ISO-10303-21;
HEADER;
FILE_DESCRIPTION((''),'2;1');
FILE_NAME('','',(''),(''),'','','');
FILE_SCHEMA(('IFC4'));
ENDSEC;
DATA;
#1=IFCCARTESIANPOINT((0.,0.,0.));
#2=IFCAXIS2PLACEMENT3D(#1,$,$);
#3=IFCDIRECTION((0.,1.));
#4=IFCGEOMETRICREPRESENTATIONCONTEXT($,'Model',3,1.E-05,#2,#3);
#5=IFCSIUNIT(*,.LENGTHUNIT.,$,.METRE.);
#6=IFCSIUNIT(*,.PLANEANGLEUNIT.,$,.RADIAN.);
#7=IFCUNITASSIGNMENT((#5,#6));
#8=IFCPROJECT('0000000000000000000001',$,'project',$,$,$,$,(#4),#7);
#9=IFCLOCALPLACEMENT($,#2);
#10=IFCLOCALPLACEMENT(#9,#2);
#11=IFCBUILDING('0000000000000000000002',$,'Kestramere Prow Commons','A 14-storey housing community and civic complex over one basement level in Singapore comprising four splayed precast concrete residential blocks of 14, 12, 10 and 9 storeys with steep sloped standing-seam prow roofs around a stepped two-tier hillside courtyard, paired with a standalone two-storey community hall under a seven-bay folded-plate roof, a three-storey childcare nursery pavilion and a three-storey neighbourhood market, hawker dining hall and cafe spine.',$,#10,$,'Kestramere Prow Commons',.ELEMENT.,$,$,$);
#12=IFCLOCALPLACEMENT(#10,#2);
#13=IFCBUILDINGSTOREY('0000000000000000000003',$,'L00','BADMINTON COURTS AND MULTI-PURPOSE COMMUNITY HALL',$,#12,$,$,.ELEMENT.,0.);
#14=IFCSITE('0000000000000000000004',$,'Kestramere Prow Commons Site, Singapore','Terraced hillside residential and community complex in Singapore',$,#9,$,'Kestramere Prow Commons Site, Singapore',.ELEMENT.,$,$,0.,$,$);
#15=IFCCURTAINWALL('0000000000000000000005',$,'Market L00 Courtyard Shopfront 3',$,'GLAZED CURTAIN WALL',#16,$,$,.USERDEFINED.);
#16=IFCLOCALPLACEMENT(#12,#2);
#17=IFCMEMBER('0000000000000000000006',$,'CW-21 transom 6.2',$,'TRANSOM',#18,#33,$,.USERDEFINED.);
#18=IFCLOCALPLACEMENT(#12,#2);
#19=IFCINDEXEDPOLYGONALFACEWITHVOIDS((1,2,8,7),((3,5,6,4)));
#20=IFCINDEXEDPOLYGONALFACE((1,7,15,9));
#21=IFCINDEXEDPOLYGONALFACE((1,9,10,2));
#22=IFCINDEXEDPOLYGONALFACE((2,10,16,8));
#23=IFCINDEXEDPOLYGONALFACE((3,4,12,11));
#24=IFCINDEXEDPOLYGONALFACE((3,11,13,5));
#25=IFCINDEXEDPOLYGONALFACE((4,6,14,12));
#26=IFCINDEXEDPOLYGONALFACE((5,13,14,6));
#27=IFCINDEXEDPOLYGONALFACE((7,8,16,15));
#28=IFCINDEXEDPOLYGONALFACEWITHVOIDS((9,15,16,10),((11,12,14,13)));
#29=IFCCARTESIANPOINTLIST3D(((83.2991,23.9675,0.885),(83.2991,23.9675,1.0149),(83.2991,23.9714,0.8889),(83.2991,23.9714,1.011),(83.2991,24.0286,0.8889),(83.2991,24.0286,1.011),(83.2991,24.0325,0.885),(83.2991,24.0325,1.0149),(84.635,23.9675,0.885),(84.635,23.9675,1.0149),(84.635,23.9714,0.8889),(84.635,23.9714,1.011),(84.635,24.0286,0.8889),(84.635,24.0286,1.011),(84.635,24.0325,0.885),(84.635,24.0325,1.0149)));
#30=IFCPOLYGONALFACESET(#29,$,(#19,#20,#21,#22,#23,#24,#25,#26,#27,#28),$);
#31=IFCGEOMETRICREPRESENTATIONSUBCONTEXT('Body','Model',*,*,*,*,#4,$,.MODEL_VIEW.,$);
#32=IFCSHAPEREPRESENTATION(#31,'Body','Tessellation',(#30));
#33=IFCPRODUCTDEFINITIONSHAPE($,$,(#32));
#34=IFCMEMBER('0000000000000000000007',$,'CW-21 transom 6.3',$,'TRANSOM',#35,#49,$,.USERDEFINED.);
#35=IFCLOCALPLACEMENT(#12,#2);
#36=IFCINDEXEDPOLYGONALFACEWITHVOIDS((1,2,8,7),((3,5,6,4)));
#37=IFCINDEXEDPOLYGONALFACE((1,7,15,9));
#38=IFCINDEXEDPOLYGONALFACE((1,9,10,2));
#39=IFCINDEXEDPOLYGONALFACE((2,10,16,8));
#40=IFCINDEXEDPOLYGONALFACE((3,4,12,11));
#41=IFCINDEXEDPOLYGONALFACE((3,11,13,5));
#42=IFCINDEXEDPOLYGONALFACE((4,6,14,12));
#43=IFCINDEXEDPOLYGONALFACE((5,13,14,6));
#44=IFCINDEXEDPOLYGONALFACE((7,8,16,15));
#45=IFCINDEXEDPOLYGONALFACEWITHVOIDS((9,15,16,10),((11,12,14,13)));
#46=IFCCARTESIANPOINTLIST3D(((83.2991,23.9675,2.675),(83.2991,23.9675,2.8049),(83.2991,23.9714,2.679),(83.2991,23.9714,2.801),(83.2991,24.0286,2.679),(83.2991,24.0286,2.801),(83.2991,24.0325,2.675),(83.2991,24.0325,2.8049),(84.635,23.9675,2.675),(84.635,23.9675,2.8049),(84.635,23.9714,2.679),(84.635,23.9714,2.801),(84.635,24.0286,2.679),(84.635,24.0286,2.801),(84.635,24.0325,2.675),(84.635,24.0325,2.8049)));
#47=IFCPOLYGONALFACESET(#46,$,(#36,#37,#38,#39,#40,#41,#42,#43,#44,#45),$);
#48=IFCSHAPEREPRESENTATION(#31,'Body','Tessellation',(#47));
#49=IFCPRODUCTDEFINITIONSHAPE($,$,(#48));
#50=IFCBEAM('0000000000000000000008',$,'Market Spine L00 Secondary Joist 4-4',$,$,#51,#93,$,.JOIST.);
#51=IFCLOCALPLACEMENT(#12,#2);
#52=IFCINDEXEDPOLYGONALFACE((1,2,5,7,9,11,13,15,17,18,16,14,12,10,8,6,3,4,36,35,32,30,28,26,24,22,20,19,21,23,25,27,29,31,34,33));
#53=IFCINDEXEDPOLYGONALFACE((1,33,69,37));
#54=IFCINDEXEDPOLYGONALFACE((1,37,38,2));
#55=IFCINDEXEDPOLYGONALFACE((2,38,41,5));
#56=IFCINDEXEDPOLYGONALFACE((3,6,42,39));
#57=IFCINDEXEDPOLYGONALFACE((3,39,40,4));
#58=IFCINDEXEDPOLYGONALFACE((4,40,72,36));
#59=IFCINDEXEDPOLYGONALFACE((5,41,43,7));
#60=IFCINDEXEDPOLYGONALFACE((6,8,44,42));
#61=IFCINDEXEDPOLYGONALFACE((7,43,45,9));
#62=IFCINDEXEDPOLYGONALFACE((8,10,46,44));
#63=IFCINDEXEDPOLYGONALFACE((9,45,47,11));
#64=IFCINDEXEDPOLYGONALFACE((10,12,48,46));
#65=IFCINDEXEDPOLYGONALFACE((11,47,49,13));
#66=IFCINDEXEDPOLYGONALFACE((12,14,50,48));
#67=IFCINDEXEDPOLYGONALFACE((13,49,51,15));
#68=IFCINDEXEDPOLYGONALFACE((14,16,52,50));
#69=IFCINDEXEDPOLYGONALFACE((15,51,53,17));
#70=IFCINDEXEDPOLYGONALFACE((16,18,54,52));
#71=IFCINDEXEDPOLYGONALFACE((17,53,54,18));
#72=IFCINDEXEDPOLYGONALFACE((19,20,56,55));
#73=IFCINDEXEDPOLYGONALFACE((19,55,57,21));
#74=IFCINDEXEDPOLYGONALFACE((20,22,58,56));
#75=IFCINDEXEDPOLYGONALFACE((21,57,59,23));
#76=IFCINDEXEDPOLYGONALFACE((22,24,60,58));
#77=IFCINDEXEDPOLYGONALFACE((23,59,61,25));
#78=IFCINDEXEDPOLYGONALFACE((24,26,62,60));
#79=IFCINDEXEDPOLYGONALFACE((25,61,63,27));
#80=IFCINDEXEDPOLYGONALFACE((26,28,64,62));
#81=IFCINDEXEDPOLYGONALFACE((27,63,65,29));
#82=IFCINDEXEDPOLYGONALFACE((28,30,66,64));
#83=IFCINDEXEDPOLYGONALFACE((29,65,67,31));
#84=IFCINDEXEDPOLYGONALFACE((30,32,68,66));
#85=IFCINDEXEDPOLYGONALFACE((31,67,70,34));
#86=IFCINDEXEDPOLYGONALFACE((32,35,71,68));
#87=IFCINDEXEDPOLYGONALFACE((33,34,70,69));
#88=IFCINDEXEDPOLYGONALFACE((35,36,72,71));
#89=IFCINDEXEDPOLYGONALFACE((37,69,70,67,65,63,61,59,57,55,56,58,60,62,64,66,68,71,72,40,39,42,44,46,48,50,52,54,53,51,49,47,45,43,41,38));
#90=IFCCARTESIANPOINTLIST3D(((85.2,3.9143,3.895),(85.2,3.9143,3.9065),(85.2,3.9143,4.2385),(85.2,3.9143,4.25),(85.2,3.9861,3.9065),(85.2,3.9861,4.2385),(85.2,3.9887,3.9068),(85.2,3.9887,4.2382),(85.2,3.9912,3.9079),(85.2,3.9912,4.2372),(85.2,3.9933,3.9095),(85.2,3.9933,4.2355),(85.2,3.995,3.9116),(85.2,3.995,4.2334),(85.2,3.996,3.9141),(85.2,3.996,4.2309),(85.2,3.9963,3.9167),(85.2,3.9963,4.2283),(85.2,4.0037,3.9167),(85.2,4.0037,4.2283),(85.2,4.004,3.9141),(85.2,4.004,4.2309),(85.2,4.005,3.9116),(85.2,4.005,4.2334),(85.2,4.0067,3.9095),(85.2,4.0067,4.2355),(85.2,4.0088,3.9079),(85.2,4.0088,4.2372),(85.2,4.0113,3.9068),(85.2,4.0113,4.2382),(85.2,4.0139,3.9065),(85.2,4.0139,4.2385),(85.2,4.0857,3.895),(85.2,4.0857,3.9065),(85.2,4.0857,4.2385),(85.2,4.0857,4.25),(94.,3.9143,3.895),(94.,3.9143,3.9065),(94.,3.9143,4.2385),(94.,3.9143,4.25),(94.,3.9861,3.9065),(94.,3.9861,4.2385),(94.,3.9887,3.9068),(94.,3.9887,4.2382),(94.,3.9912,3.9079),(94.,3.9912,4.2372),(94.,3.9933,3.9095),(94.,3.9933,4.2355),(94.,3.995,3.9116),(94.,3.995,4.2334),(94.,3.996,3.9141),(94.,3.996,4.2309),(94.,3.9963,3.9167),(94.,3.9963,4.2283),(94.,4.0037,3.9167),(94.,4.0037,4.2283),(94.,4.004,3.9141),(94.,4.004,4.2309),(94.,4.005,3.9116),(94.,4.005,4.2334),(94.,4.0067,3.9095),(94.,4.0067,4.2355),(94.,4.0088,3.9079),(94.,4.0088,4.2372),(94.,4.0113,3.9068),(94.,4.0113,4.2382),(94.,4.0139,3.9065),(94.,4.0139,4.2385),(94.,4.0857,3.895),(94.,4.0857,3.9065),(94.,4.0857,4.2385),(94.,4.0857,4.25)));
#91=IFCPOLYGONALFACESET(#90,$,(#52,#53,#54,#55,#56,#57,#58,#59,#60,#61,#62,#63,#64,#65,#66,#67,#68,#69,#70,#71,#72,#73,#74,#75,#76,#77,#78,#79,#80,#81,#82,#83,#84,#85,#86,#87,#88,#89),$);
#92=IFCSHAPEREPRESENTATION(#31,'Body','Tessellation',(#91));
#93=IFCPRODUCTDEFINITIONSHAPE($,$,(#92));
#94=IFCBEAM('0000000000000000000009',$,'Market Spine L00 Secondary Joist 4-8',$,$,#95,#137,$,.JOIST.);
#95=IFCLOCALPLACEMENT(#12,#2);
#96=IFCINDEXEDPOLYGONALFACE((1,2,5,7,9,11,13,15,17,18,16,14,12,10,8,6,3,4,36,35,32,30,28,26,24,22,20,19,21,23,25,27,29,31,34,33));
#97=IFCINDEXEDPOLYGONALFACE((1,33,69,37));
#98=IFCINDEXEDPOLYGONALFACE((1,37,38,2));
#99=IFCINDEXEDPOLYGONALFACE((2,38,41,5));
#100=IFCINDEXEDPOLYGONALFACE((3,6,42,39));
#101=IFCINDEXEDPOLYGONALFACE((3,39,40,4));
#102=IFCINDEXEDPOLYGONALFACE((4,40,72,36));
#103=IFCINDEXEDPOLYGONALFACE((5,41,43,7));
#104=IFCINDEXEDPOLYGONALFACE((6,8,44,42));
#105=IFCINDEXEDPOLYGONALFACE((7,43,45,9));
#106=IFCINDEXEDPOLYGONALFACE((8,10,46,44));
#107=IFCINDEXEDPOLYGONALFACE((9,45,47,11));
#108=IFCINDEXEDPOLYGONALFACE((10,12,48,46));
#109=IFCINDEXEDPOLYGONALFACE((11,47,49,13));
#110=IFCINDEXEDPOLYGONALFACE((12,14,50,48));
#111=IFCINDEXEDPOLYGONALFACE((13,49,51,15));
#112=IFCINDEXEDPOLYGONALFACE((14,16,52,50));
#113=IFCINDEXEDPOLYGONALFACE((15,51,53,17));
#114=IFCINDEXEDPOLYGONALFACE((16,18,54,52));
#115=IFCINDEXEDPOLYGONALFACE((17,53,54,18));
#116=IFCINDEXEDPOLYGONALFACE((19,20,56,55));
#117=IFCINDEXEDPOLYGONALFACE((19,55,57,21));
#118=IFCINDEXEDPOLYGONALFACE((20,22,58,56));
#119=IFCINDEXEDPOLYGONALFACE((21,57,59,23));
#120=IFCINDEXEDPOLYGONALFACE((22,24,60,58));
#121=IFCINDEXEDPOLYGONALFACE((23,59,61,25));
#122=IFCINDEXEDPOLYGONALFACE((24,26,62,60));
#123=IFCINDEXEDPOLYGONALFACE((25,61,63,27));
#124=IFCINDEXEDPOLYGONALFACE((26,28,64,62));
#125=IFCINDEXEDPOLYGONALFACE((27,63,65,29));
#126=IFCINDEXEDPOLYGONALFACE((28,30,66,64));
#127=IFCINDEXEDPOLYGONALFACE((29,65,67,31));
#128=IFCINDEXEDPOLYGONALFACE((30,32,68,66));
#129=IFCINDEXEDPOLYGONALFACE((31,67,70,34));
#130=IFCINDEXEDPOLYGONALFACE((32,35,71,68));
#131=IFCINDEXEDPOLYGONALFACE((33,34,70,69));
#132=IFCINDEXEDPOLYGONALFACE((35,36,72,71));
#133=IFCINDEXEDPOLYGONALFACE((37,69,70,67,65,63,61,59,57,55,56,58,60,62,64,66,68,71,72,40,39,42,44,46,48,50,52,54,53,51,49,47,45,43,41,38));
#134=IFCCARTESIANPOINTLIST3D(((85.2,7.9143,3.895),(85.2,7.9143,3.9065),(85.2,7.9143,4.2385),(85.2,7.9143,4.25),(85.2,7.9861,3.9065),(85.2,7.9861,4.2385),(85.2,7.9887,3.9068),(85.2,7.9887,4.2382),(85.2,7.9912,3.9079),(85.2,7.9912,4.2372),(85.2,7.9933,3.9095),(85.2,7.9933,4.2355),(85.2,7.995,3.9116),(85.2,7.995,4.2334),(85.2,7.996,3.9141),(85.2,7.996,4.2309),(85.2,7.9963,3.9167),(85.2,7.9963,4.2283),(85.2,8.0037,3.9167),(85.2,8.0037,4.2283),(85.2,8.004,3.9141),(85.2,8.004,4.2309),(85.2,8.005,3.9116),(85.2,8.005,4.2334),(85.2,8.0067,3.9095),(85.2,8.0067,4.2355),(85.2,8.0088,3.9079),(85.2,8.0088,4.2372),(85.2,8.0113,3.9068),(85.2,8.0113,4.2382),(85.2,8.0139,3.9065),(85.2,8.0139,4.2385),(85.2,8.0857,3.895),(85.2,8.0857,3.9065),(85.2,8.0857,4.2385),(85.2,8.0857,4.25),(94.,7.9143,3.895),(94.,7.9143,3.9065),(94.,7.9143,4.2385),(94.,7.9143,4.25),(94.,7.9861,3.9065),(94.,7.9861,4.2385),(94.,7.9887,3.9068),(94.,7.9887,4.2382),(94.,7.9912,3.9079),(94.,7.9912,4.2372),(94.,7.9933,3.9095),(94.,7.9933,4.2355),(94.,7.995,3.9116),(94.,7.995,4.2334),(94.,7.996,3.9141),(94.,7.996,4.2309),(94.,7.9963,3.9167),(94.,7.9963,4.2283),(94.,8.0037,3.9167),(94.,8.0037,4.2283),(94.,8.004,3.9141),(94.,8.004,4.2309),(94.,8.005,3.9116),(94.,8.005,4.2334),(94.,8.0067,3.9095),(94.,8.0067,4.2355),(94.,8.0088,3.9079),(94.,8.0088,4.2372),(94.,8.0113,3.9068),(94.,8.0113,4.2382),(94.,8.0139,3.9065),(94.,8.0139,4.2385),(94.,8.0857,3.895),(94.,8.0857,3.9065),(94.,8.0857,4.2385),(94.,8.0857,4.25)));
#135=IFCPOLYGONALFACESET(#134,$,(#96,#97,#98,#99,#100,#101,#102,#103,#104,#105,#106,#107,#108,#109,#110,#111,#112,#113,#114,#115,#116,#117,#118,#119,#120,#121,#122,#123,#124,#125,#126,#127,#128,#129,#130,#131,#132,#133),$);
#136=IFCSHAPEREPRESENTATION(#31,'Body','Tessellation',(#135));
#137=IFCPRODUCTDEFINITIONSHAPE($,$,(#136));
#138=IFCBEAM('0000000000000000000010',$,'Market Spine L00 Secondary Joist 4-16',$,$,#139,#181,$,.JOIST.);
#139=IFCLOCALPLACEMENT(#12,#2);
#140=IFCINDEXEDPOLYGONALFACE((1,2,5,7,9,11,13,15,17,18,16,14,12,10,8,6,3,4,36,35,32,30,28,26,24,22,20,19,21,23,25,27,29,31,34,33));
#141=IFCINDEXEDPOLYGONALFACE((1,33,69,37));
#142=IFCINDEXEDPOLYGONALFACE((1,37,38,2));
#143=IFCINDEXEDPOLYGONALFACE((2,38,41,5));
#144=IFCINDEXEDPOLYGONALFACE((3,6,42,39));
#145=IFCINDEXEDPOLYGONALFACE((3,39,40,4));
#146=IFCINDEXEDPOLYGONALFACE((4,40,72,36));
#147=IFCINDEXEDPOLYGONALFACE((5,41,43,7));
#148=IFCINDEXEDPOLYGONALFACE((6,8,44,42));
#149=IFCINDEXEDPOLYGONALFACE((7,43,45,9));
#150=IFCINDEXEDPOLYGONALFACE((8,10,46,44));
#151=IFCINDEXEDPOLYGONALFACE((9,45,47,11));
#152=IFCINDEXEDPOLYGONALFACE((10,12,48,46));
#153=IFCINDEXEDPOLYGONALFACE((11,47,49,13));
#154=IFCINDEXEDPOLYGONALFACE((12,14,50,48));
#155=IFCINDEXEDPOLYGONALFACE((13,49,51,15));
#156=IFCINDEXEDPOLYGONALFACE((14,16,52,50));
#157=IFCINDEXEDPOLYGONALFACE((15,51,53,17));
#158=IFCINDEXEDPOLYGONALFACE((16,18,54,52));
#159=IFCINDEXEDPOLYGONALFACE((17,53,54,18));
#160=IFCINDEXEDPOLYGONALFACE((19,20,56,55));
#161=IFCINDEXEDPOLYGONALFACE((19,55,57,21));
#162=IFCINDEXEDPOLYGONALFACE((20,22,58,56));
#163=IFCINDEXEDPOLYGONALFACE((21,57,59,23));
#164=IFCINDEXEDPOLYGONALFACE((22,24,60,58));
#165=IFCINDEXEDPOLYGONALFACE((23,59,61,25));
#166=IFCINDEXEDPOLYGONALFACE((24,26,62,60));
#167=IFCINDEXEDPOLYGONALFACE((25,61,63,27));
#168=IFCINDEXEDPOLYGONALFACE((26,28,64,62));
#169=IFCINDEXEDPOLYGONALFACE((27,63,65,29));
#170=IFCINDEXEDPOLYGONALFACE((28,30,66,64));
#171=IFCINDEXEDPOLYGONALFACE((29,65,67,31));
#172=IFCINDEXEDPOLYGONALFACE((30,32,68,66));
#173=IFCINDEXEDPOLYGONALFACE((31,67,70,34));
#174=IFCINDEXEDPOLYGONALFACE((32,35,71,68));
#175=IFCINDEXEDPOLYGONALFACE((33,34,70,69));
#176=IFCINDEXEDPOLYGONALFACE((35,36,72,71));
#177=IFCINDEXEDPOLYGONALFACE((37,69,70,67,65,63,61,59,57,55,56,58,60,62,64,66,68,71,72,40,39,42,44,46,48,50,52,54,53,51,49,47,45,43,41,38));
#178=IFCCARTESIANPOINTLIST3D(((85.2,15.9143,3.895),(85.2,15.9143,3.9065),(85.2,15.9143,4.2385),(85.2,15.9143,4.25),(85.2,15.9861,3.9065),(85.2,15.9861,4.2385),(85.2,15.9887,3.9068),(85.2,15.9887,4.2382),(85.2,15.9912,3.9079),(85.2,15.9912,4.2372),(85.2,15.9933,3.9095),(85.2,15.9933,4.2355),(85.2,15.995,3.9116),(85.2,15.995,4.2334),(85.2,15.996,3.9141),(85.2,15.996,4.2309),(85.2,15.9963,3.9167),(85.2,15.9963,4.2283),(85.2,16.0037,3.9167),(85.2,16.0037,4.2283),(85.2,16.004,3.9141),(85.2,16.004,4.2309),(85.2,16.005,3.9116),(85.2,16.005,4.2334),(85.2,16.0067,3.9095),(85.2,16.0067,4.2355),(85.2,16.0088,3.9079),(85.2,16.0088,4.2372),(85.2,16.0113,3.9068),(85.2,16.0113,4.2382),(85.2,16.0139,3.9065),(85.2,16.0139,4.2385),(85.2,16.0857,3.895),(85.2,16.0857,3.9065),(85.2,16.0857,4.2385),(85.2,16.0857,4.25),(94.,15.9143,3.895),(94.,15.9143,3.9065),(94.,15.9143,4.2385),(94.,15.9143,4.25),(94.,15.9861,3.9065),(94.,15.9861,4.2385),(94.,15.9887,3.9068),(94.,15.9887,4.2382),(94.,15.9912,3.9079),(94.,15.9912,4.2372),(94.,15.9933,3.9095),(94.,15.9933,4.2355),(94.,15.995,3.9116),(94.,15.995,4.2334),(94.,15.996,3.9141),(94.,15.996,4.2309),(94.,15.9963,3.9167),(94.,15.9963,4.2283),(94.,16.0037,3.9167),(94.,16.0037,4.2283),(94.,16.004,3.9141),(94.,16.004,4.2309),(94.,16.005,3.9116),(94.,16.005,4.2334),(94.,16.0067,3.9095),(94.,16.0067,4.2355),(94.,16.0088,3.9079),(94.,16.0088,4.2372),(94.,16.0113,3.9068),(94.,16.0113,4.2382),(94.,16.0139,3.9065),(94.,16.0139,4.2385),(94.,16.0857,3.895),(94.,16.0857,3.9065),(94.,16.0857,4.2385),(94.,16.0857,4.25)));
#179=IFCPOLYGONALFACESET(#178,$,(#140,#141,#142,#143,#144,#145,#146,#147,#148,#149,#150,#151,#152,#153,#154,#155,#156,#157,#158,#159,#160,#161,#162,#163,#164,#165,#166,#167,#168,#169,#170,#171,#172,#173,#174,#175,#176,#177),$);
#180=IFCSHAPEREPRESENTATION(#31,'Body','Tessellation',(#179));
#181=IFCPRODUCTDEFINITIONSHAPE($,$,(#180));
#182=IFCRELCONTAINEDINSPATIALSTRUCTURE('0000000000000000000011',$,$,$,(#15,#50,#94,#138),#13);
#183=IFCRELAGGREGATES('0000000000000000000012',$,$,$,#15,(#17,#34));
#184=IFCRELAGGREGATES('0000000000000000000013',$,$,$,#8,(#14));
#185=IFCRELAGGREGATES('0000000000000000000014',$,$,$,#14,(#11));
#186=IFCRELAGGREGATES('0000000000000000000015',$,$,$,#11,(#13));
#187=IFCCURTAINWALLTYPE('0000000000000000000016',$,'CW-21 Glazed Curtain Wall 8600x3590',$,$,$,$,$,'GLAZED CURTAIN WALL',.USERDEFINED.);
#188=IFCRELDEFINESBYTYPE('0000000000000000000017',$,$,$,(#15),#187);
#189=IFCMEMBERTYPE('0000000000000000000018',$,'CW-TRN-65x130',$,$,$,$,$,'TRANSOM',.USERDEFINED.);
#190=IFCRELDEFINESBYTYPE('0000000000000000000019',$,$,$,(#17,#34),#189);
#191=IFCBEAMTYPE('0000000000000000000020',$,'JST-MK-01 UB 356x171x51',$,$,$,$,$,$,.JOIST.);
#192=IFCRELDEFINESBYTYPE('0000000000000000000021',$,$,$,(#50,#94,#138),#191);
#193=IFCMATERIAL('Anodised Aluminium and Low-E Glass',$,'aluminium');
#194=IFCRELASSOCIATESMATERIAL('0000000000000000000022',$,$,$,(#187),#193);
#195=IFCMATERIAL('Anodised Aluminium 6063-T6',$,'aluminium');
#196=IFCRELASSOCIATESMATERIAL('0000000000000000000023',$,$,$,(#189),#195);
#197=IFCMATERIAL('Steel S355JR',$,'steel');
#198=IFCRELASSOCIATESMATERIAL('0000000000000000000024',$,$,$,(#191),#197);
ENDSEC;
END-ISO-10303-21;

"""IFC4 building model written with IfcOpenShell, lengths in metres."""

from ifc_helpers import new_model, si_unit, direction, frame, origin, origin_2d, place, context, subcontext, project, spatial, hollow_rectangle, i_section, extrude, material, material_profile, profile_set, type_object, element, aggregate, save


model = new_model("IFC4")

# Units and contexts
model_context = context("Model", 3, precision=1e-05, world=origin(), true_north=direction((0.0, 1.0)))
body_context = subcontext(model_context, "Body", "Model", "MODEL_VIEW")
ifc_project = project(units=[si_unit("LENGTHUNIT", "METRE"), si_unit("PLANEANGLEUNIT", "RADIAN")], contexts=[model_context])

# Site, building, storey
site_placement = place(None, origin())
site = spatial("IfcSite", under=ifc_project, at=site_placement, Name="Kestramere Prow Commons Site, Singapore", Description="Terraced hillside residential and community complex in Singapore", LongName="Kestramere Prow Commons Site, Singapore", CompositionType="ELEMENT", RefElevation=0.0)
building_placement = place(site_placement, origin())
building = spatial("IfcBuilding", under=site, at=building_placement, Name="Kestramere Prow Commons", Description="A 14-storey housing community and civic complex over one basement level in Singapore comprising four splayed precast concrete residential blocks of 14, 12, 10 and 9 storeys with steep sloped standing-seam prow roofs around a stepped two-tier hillside courtyard, paired with a standalone two-storey community hall under a seven-bay folded-plate roof, a three-storey childcare nursery pavilion and a three-storey neighbourhood market, hawker dining hall and cafe spine.", LongName="Kestramere Prow Commons", CompositionType="ELEMENT")
storey_placement = place(building_placement, origin())
storey = spatial("IfcBuildingStorey", under=building, at=storey_placement, Name="L00", Description="BADMINTON COURTS AND MULTI-PURPOSE COMMUNITY HALL", CompositionType="ELEMENT", Elevation=0.0)

# Curtain wall
ifc_material_1 = material(Name="Anodised Aluminium and Low-E Glass", Category="aluminium")
curtain_wall_type = type_object("IfcCurtainWallType", Name="CW-21 Glazed Curtain Wall 8600x3590", ElementType="GLAZED CURTAIN WALL", PredefinedType="USERDEFINED", material=ifc_material_1)
curtain_wall_1_placement = place(storey_placement, origin())
curtain_wall_1 = element("IfcCurtainWall", 1, at=curtain_wall_1_placement, inside=storey, type_object=curtain_wall_type, Name="Market L00 Courtyard Shopfront 3", ObjectType="GLAZED CURTAIN WALL", PredefinedType="USERDEFINED")
ifc_material_2 = material(Name="Anodised Aluminium 6063-T6", Category="aluminium")

# Members
ifc_material_profile_1 = material_profile(ifc_material_2, hollow_rectangle(XDim=0.0649, YDim=0.1299, WallThickness=0.0039, at=origin_2d()), Name="ALU-TRN 65x130")
ifc_profile_set_1 = profile_set([ifc_material_profile_1], Name="Anodised Aluminium 6063-T6")
member_type_1 = type_object("IfcMemberType", Name="CW-TRN-65x130", ElementType="TRANSOM", PredefinedType="USERDEFINED", material=ifc_profile_set_1)
member_1_placement = place(storey_placement, frame((83.2991, 24.0, 0.95), z_axis=(1.0, 0.0, 0.0), x_axis=(0.0, 1.0, 0.0)))
member_1 = element("IfcMember", 2, at=member_1_placement, type_object=member_type_1, Name="CW-21 transom 6.2", ObjectType="TRANSOM", PredefinedType="USERDEFINED", context=body_context, shape_type="SweptSolid", body=[
    extrude(hollow_rectangle(XDim=0.0649, YDim=0.1299, WallThickness=0.0039, at=origin_2d()), origin(), (0.0, 0.0, 1.0), 1.3359),
])
member_2_placement = place(storey_placement, frame((83.2991, 24.0, 2.74), z_axis=(1.0, 0.0, 0.0), x_axis=(0.0, 1.0, 0.0)))
member_2 = element("IfcMember", 3, at=member_2_placement, type_object=member_type_1, Name="CW-21 transom 6.3", ObjectType="TRANSOM", PredefinedType="USERDEFINED", context=body_context, shape_type="SweptSolid", body=[
    extrude(hollow_rectangle(XDim=0.0649, YDim=0.1299, WallThickness=0.0039, at=origin_2d()), origin(), (0.0, 0.0, 1.0), 1.3359),
])
aggregate(curtain_wall_1, [member_1, member_2])

# Beams
ifc_material_3 = material(Name="Steel S355JR", Category="steel")
ifc_material_profile_2 = material_profile(ifc_material_3, i_section(OverallWidth=0.1714, OverallDepth=0.355, WebThickness=0.0073, FlangeThickness=0.0115, FilletRadius=0.0103, at=origin_2d()), Name="UB 356x171x51")
ifc_profile_set_2 = profile_set([ifc_material_profile_2], Name="Steel S355JR")
beam_type_1 = type_object("IfcBeamType", Name="JST-MK-01 UB 356x171x51", PredefinedType="JOIST", material=ifc_profile_set_2)
for number, where, z_axis, x_axis, name in (
    (4, (85.2, 4.0, 4.0725), (1.0, 0.0, 0.0), (0.0, 1.0, 0.0), "Market Spine L00 Secondary Joist 4-4"),
    (5, (85.2, 8.0, 4.0725), (1.0, 0.0, 0.0), (0.0, 1.0, 0.0), "Market Spine L00 Secondary Joist 4-8"),
    (6, (85.2, 16.0, 4.0725), (1.0, 0.0, 0.0), (0.0, 1.0, 0.0), "Market Spine L00 Secondary Joist 4-16"),
):
    element("IfcBeam", number, at=place(storey_placement, frame(where, z_axis=z_axis, x_axis=x_axis)), inside=storey, type_object=beam_type_1, Name=name, PredefinedType="JOIST", context=body_context, shape_type="SweptSolid", body=[
        extrude(i_section(OverallWidth=0.1714, OverallDepth=0.355, WebThickness=0.0073, FlangeThickness=0.0115, FilletRadius=0.0103, at=origin_2d()), origin(), (0.0, 0.0, 1.0), 8.8),
    ])

save(model, "model.ifc")
